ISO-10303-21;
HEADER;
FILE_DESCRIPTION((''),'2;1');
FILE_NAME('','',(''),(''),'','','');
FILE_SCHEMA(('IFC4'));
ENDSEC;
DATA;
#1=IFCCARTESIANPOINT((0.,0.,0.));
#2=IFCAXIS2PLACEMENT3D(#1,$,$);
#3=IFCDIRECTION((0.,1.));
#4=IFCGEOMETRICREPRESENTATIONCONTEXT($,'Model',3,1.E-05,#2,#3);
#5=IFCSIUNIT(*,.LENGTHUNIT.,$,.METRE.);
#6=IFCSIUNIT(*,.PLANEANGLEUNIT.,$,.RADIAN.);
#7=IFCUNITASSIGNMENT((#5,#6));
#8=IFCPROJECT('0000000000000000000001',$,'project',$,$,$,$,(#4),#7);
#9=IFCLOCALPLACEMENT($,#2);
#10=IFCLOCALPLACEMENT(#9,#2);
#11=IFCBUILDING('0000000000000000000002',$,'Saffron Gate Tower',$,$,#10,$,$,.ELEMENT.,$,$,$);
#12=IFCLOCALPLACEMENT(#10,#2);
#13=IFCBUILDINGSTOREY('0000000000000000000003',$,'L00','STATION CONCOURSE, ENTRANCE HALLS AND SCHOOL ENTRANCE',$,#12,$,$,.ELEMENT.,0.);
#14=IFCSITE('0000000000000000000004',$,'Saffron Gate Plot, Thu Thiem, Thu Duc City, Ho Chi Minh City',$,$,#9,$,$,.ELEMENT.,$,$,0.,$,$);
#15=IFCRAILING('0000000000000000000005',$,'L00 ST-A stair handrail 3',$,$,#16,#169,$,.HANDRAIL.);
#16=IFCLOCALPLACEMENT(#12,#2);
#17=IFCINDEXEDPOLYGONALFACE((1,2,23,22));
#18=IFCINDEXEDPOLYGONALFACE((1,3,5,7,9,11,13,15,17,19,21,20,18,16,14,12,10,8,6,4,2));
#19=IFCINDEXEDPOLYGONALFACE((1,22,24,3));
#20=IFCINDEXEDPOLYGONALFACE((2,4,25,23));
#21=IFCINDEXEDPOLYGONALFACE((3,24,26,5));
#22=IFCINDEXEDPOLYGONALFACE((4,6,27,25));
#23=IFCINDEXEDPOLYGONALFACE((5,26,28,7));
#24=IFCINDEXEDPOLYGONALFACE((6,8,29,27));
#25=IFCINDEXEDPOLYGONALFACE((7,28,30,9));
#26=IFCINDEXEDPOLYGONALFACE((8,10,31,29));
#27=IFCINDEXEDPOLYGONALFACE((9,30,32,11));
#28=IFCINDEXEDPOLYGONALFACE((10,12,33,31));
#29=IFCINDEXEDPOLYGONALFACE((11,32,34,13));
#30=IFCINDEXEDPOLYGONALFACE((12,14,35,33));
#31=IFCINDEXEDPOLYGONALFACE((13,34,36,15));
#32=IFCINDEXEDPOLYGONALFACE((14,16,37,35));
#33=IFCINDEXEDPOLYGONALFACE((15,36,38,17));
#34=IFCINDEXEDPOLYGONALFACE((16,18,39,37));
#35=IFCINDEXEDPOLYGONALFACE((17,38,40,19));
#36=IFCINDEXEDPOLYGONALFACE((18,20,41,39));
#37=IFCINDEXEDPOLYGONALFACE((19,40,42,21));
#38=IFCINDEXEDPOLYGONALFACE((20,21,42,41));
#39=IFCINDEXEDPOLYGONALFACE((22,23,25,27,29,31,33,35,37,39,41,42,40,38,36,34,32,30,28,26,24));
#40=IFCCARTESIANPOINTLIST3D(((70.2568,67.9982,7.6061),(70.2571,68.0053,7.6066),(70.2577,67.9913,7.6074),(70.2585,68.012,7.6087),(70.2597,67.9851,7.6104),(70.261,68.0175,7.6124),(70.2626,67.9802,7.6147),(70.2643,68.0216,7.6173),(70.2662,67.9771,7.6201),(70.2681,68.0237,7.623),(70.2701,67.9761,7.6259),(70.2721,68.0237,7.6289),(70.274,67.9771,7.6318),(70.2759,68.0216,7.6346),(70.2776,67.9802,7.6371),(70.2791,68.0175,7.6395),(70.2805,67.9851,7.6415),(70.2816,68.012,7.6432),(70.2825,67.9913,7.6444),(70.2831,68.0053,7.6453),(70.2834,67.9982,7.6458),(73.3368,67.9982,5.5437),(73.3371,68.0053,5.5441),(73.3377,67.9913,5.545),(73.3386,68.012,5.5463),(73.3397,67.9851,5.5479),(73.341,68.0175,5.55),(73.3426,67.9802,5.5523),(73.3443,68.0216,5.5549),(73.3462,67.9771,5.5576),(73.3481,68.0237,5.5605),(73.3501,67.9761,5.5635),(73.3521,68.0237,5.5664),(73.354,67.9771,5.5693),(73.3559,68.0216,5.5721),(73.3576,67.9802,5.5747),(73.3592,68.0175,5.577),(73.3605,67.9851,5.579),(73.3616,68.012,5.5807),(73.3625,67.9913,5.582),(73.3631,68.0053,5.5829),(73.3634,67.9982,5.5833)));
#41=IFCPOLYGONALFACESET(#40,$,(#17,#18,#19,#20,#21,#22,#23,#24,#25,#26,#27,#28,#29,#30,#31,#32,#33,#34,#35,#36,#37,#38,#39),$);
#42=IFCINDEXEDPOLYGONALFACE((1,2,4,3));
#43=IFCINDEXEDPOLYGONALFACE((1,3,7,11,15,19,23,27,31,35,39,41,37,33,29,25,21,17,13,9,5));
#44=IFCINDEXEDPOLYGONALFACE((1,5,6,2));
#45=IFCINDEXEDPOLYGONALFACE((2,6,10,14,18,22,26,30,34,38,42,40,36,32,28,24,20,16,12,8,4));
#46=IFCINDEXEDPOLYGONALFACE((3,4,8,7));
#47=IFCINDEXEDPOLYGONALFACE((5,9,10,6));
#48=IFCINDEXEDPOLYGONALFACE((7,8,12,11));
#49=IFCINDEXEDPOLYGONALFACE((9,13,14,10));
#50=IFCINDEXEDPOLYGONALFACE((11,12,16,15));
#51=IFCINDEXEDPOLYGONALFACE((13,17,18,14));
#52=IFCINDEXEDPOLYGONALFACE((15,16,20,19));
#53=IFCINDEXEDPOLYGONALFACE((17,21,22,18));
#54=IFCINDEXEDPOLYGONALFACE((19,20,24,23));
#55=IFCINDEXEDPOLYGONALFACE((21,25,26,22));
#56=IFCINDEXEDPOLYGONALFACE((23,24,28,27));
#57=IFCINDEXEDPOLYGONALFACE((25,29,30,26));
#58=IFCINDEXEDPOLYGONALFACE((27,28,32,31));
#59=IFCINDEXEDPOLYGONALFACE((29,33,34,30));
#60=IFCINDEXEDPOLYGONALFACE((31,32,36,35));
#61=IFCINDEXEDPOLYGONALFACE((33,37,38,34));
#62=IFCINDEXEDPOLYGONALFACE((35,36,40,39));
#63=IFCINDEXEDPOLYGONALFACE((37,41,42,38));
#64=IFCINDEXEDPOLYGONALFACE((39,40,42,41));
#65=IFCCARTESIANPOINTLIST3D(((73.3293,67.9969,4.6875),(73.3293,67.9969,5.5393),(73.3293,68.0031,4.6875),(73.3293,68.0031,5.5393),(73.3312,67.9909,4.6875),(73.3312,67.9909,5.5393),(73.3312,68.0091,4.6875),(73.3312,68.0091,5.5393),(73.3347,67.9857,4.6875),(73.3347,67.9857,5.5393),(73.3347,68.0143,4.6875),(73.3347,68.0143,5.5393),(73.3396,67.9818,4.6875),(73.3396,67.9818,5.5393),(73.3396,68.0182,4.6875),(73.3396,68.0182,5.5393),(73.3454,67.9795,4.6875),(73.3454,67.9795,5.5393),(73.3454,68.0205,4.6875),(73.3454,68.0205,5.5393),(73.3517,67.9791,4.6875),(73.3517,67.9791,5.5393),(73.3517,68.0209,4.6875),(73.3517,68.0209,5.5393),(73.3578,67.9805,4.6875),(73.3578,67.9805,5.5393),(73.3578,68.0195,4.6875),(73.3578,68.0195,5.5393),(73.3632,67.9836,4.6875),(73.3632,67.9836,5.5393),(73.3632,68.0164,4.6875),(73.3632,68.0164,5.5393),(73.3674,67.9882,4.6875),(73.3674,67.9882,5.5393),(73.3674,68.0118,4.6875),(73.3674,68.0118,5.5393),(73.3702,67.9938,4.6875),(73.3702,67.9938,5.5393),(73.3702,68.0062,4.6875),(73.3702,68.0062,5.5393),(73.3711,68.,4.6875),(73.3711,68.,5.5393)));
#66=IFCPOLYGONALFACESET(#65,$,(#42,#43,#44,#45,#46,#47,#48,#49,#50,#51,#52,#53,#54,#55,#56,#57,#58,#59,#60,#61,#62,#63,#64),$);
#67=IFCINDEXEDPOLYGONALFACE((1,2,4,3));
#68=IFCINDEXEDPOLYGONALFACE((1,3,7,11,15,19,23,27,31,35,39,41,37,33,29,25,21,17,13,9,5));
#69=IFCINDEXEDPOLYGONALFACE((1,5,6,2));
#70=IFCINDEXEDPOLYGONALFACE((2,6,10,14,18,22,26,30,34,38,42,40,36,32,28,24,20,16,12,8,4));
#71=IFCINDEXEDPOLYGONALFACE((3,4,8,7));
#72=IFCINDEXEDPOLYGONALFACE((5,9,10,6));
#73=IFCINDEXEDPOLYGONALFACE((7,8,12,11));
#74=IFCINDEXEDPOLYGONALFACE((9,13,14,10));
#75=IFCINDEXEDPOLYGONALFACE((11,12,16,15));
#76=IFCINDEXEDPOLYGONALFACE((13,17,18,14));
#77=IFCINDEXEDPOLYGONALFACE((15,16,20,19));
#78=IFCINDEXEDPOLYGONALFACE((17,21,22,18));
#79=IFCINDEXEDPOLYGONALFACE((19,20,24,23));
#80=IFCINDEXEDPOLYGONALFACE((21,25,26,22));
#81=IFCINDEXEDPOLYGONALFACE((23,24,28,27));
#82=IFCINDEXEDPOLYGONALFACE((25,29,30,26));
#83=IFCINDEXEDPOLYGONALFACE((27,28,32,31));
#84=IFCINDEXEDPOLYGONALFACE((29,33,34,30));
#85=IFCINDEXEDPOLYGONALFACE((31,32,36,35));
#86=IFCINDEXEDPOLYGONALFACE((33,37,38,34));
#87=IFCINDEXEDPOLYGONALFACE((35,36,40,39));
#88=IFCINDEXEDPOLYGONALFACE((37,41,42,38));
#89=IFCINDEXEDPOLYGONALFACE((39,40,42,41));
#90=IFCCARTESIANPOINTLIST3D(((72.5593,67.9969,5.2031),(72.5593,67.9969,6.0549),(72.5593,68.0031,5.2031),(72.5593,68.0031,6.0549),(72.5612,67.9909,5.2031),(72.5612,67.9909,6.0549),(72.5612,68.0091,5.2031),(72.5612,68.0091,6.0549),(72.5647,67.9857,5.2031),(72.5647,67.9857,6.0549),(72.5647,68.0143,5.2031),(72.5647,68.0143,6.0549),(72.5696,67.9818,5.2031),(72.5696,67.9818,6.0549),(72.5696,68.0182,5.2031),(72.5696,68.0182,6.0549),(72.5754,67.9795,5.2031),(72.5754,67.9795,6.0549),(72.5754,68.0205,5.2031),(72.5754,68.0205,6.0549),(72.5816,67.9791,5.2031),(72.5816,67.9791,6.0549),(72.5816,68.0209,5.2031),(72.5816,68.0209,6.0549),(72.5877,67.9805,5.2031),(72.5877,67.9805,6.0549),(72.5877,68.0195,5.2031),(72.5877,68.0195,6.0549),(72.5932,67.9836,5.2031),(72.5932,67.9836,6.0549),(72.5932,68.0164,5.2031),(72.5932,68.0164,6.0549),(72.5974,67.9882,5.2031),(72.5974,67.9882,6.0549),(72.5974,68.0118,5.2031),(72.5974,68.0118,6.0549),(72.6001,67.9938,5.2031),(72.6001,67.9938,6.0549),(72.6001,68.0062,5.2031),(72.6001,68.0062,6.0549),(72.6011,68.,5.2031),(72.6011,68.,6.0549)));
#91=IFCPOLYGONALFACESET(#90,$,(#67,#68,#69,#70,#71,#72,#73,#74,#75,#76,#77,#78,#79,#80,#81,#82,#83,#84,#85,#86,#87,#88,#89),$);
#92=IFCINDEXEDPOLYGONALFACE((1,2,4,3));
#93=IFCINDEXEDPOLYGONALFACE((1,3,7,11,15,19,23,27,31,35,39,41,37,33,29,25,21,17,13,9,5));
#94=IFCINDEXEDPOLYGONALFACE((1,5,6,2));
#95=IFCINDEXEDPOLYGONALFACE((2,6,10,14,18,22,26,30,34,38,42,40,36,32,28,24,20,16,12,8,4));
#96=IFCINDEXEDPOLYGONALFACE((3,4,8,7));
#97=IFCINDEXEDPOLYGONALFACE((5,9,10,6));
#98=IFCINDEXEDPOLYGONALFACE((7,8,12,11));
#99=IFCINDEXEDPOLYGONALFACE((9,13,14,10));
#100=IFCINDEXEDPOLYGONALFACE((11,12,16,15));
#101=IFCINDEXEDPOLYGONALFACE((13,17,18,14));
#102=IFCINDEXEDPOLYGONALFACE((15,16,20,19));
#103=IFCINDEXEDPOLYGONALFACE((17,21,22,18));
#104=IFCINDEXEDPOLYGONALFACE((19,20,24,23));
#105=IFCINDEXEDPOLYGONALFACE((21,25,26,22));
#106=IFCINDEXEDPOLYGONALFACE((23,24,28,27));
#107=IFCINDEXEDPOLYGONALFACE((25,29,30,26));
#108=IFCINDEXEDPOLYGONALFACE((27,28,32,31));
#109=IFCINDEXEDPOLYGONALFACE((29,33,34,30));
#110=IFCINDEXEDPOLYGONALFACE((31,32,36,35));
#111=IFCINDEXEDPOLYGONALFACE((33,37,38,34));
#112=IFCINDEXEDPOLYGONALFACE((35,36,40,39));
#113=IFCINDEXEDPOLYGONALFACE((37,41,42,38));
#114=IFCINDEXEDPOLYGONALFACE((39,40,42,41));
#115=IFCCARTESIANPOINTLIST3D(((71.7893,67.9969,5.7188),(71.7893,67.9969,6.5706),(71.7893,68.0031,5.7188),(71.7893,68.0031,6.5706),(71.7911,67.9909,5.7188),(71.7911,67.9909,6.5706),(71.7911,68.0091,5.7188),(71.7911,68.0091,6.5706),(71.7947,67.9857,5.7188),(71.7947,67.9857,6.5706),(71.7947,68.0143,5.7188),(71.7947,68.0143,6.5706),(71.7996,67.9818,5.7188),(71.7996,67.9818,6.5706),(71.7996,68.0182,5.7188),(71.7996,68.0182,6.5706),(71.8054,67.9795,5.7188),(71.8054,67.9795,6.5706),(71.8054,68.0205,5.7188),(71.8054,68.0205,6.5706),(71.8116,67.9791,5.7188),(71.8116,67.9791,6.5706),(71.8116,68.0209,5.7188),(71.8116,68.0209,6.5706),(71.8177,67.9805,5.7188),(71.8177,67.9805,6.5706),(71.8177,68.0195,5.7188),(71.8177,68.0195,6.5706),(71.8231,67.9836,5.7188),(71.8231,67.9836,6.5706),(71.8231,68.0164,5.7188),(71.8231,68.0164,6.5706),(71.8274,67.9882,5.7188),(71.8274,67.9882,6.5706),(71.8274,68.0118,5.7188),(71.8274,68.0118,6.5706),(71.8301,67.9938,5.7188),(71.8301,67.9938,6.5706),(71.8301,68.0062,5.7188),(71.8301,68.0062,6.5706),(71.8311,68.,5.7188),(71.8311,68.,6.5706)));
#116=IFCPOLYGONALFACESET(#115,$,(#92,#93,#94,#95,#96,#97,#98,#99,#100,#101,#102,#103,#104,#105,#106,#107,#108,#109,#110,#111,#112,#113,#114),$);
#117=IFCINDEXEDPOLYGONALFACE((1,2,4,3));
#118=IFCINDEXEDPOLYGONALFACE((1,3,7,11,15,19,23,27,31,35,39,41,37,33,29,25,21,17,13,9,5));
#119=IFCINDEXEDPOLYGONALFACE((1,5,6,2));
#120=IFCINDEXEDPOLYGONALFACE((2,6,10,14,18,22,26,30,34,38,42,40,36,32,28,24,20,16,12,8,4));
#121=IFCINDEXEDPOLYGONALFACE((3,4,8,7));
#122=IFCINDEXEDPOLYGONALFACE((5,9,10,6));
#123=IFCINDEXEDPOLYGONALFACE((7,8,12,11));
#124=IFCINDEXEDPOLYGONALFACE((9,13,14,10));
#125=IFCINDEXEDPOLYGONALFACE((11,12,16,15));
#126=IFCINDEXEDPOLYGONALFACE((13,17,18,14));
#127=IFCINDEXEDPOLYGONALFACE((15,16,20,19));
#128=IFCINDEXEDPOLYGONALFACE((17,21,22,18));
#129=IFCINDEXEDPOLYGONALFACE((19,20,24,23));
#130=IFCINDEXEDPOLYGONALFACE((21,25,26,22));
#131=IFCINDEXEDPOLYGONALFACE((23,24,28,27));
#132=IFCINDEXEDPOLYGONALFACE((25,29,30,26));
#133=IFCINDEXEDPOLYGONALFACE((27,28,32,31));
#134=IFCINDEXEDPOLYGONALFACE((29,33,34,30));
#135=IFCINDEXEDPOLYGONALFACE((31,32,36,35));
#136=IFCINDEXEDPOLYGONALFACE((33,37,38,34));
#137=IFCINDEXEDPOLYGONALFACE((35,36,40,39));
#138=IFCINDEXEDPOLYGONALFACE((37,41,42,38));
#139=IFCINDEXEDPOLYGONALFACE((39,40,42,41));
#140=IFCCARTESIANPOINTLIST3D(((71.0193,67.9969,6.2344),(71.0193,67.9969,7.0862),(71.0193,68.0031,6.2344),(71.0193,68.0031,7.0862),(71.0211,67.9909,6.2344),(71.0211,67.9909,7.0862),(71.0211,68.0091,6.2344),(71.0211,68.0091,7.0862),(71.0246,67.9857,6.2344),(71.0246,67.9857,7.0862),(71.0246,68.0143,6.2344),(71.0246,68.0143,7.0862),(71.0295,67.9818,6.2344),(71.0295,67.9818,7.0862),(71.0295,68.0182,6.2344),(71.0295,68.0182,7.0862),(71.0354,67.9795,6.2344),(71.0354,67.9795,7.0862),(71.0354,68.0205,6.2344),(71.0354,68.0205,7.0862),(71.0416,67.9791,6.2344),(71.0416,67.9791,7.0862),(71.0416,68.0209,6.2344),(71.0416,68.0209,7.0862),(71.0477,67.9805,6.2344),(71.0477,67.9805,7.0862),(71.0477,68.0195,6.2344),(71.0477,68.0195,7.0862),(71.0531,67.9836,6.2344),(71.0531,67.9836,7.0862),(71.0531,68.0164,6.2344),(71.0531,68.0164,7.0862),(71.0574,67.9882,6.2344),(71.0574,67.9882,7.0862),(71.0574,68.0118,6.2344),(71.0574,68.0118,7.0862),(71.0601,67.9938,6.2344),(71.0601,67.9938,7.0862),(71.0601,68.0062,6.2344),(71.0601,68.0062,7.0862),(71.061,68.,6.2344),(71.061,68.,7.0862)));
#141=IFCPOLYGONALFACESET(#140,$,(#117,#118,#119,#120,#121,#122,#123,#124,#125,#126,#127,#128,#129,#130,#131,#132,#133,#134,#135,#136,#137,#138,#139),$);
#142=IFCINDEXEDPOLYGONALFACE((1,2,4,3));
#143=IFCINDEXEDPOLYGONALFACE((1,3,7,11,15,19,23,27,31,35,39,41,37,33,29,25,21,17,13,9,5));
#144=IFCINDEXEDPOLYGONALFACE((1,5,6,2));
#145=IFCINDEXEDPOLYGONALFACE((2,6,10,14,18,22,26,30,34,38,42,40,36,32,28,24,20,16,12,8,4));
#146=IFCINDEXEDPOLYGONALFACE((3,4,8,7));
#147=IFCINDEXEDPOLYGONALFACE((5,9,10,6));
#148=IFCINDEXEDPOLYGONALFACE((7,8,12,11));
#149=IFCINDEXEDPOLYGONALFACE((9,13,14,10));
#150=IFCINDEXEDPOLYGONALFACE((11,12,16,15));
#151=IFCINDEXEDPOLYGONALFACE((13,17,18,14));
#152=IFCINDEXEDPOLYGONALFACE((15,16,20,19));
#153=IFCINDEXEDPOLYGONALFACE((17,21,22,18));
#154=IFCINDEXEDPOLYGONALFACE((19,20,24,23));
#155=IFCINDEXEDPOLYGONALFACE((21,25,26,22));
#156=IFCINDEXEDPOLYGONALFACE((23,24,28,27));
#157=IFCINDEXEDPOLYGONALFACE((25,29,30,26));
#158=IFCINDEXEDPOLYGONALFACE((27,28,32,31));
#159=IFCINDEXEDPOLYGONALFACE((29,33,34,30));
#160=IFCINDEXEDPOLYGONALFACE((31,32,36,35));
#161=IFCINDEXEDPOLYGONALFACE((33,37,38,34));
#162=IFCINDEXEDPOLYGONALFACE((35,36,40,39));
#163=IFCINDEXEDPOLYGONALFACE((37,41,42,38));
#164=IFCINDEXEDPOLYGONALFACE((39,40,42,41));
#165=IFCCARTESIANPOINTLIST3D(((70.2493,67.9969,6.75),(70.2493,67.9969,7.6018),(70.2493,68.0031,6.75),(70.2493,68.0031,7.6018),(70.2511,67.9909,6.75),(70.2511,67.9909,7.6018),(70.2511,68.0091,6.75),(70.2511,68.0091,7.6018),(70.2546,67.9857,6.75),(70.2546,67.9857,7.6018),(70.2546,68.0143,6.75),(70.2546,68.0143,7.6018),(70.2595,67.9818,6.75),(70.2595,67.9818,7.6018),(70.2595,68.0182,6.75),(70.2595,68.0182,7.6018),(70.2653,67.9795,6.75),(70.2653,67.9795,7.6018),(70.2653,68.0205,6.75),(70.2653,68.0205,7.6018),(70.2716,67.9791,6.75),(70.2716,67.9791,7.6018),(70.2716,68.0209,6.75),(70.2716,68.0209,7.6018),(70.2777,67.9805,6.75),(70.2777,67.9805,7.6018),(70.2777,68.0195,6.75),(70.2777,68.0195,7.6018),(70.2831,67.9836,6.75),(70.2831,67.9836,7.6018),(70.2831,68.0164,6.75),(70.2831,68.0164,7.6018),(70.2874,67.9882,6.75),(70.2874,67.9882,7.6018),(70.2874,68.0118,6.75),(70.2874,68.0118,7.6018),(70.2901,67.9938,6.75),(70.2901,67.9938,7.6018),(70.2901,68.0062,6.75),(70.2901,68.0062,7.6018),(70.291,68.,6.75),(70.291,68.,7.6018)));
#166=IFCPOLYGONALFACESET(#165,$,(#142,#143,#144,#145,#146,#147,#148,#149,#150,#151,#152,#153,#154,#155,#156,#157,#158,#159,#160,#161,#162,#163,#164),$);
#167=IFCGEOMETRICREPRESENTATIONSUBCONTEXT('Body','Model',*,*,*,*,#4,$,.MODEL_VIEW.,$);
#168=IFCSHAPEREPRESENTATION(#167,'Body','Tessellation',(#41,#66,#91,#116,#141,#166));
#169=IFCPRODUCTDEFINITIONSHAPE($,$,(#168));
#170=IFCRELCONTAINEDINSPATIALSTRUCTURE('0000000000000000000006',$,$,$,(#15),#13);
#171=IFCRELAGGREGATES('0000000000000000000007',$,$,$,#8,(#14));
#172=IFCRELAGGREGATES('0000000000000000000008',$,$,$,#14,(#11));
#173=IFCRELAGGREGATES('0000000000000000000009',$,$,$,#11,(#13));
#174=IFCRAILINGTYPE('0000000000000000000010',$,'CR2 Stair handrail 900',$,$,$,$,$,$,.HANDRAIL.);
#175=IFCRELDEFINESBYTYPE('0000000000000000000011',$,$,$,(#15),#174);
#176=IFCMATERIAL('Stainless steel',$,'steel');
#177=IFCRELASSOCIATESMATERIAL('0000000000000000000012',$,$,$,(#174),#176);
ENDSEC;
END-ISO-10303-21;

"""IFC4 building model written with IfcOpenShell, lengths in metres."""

from ifc_helpers import new_model, si_unit, direction, frame, origin, origin_2d, place, context, subcontext, project, spatial, circle, extrude, material, type_object, element, save


model = new_model("IFC4")

# Units and contexts
model_context = context("Model", 3, precision=1e-05, world=origin(), true_north=direction((0.0, 1.0)))
body_context = subcontext(model_context, "Body", "Model", "MODEL_VIEW")
ifc_project = project(units=[si_unit("LENGTHUNIT", "METRE"), si_unit("PLANEANGLEUNIT", "RADIAN")], contexts=[model_context])

# Site, building, storey
site_placement = place(None, origin())
site = spatial("IfcSite", under=ifc_project, at=site_placement, Name="Saffron Gate Plot, Thu Thiem, Thu Duc City, Ho Chi Minh City", CompositionType="ELEMENT", RefElevation=0.0)
building_placement = place(site_placement, origin())
building = spatial("IfcBuilding", under=site, at=building_placement, Name="Saffron Gate Tower", CompositionType="ELEMENT")
storey_placement = place(building_placement, origin())
storey = spatial("IfcBuildingStorey", under=building, at=storey_placement, Name="L00", Description="STATION CONCOURSE, ENTRANCE HALLS AND SCHOOL ENTRANCE", CompositionType="ELEMENT", Elevation=0.0)

# Railing
ifc_material_1 = material(Name="Stainless steel", Category="steel")
railing_type_1 = type_object("IfcRailingType", Name="CR2 Stair handrail 900", PredefinedType="HANDRAIL", material=ifc_material_1)
for number, where, name in (
    (1, (73.3501, 68.0, 4.6875), "L00 ST-A stair handrail 3"),
):
    element("IfcRailing", number, at=place(storey_placement, frame(where)), inside=storey, type_object=railing_type_1, Name=name, PredefinedType="HANDRAIL", context=body_context, shape_type="SweptSolid", body=[
        extrude(circle(Radius=0.0239, at=origin_2d()), frame((0.0, 0.0, 0.876), z_axis=(-0.830914, 0.0, 0.556401), x_axis=(0.0, -1.0, 0.0)), (0.0, 0.0, 1.0), 3.7068),
        extrude(circle(Radius=0.021, at=origin_2d()), origin(), (0.0, 0.0, 1.0), 0.8518),
        extrude(circle(Radius=0.021, at=origin_2d()), frame((-0.77, 0.0, 0.5156)), (0.0, 0.0, 1.0), 0.8518),
        extrude(circle(Radius=0.021, at=origin_2d()), frame((-1.54, 0.0, 1.0312)), (0.0, 0.0, 1.0), 0.8518),
        extrude(circle(Radius=0.021, at=origin_2d()), frame((-2.3101, 0.0, 1.5469)), (0.0, 0.0, 1.0), 0.8518),
        extrude(circle(Radius=0.021, at=origin_2d()), frame((-3.0801, 0.0, 2.0625)), (0.0, 0.0, 1.0), 0.8518),
    ])

save(model, "model.ifc")
